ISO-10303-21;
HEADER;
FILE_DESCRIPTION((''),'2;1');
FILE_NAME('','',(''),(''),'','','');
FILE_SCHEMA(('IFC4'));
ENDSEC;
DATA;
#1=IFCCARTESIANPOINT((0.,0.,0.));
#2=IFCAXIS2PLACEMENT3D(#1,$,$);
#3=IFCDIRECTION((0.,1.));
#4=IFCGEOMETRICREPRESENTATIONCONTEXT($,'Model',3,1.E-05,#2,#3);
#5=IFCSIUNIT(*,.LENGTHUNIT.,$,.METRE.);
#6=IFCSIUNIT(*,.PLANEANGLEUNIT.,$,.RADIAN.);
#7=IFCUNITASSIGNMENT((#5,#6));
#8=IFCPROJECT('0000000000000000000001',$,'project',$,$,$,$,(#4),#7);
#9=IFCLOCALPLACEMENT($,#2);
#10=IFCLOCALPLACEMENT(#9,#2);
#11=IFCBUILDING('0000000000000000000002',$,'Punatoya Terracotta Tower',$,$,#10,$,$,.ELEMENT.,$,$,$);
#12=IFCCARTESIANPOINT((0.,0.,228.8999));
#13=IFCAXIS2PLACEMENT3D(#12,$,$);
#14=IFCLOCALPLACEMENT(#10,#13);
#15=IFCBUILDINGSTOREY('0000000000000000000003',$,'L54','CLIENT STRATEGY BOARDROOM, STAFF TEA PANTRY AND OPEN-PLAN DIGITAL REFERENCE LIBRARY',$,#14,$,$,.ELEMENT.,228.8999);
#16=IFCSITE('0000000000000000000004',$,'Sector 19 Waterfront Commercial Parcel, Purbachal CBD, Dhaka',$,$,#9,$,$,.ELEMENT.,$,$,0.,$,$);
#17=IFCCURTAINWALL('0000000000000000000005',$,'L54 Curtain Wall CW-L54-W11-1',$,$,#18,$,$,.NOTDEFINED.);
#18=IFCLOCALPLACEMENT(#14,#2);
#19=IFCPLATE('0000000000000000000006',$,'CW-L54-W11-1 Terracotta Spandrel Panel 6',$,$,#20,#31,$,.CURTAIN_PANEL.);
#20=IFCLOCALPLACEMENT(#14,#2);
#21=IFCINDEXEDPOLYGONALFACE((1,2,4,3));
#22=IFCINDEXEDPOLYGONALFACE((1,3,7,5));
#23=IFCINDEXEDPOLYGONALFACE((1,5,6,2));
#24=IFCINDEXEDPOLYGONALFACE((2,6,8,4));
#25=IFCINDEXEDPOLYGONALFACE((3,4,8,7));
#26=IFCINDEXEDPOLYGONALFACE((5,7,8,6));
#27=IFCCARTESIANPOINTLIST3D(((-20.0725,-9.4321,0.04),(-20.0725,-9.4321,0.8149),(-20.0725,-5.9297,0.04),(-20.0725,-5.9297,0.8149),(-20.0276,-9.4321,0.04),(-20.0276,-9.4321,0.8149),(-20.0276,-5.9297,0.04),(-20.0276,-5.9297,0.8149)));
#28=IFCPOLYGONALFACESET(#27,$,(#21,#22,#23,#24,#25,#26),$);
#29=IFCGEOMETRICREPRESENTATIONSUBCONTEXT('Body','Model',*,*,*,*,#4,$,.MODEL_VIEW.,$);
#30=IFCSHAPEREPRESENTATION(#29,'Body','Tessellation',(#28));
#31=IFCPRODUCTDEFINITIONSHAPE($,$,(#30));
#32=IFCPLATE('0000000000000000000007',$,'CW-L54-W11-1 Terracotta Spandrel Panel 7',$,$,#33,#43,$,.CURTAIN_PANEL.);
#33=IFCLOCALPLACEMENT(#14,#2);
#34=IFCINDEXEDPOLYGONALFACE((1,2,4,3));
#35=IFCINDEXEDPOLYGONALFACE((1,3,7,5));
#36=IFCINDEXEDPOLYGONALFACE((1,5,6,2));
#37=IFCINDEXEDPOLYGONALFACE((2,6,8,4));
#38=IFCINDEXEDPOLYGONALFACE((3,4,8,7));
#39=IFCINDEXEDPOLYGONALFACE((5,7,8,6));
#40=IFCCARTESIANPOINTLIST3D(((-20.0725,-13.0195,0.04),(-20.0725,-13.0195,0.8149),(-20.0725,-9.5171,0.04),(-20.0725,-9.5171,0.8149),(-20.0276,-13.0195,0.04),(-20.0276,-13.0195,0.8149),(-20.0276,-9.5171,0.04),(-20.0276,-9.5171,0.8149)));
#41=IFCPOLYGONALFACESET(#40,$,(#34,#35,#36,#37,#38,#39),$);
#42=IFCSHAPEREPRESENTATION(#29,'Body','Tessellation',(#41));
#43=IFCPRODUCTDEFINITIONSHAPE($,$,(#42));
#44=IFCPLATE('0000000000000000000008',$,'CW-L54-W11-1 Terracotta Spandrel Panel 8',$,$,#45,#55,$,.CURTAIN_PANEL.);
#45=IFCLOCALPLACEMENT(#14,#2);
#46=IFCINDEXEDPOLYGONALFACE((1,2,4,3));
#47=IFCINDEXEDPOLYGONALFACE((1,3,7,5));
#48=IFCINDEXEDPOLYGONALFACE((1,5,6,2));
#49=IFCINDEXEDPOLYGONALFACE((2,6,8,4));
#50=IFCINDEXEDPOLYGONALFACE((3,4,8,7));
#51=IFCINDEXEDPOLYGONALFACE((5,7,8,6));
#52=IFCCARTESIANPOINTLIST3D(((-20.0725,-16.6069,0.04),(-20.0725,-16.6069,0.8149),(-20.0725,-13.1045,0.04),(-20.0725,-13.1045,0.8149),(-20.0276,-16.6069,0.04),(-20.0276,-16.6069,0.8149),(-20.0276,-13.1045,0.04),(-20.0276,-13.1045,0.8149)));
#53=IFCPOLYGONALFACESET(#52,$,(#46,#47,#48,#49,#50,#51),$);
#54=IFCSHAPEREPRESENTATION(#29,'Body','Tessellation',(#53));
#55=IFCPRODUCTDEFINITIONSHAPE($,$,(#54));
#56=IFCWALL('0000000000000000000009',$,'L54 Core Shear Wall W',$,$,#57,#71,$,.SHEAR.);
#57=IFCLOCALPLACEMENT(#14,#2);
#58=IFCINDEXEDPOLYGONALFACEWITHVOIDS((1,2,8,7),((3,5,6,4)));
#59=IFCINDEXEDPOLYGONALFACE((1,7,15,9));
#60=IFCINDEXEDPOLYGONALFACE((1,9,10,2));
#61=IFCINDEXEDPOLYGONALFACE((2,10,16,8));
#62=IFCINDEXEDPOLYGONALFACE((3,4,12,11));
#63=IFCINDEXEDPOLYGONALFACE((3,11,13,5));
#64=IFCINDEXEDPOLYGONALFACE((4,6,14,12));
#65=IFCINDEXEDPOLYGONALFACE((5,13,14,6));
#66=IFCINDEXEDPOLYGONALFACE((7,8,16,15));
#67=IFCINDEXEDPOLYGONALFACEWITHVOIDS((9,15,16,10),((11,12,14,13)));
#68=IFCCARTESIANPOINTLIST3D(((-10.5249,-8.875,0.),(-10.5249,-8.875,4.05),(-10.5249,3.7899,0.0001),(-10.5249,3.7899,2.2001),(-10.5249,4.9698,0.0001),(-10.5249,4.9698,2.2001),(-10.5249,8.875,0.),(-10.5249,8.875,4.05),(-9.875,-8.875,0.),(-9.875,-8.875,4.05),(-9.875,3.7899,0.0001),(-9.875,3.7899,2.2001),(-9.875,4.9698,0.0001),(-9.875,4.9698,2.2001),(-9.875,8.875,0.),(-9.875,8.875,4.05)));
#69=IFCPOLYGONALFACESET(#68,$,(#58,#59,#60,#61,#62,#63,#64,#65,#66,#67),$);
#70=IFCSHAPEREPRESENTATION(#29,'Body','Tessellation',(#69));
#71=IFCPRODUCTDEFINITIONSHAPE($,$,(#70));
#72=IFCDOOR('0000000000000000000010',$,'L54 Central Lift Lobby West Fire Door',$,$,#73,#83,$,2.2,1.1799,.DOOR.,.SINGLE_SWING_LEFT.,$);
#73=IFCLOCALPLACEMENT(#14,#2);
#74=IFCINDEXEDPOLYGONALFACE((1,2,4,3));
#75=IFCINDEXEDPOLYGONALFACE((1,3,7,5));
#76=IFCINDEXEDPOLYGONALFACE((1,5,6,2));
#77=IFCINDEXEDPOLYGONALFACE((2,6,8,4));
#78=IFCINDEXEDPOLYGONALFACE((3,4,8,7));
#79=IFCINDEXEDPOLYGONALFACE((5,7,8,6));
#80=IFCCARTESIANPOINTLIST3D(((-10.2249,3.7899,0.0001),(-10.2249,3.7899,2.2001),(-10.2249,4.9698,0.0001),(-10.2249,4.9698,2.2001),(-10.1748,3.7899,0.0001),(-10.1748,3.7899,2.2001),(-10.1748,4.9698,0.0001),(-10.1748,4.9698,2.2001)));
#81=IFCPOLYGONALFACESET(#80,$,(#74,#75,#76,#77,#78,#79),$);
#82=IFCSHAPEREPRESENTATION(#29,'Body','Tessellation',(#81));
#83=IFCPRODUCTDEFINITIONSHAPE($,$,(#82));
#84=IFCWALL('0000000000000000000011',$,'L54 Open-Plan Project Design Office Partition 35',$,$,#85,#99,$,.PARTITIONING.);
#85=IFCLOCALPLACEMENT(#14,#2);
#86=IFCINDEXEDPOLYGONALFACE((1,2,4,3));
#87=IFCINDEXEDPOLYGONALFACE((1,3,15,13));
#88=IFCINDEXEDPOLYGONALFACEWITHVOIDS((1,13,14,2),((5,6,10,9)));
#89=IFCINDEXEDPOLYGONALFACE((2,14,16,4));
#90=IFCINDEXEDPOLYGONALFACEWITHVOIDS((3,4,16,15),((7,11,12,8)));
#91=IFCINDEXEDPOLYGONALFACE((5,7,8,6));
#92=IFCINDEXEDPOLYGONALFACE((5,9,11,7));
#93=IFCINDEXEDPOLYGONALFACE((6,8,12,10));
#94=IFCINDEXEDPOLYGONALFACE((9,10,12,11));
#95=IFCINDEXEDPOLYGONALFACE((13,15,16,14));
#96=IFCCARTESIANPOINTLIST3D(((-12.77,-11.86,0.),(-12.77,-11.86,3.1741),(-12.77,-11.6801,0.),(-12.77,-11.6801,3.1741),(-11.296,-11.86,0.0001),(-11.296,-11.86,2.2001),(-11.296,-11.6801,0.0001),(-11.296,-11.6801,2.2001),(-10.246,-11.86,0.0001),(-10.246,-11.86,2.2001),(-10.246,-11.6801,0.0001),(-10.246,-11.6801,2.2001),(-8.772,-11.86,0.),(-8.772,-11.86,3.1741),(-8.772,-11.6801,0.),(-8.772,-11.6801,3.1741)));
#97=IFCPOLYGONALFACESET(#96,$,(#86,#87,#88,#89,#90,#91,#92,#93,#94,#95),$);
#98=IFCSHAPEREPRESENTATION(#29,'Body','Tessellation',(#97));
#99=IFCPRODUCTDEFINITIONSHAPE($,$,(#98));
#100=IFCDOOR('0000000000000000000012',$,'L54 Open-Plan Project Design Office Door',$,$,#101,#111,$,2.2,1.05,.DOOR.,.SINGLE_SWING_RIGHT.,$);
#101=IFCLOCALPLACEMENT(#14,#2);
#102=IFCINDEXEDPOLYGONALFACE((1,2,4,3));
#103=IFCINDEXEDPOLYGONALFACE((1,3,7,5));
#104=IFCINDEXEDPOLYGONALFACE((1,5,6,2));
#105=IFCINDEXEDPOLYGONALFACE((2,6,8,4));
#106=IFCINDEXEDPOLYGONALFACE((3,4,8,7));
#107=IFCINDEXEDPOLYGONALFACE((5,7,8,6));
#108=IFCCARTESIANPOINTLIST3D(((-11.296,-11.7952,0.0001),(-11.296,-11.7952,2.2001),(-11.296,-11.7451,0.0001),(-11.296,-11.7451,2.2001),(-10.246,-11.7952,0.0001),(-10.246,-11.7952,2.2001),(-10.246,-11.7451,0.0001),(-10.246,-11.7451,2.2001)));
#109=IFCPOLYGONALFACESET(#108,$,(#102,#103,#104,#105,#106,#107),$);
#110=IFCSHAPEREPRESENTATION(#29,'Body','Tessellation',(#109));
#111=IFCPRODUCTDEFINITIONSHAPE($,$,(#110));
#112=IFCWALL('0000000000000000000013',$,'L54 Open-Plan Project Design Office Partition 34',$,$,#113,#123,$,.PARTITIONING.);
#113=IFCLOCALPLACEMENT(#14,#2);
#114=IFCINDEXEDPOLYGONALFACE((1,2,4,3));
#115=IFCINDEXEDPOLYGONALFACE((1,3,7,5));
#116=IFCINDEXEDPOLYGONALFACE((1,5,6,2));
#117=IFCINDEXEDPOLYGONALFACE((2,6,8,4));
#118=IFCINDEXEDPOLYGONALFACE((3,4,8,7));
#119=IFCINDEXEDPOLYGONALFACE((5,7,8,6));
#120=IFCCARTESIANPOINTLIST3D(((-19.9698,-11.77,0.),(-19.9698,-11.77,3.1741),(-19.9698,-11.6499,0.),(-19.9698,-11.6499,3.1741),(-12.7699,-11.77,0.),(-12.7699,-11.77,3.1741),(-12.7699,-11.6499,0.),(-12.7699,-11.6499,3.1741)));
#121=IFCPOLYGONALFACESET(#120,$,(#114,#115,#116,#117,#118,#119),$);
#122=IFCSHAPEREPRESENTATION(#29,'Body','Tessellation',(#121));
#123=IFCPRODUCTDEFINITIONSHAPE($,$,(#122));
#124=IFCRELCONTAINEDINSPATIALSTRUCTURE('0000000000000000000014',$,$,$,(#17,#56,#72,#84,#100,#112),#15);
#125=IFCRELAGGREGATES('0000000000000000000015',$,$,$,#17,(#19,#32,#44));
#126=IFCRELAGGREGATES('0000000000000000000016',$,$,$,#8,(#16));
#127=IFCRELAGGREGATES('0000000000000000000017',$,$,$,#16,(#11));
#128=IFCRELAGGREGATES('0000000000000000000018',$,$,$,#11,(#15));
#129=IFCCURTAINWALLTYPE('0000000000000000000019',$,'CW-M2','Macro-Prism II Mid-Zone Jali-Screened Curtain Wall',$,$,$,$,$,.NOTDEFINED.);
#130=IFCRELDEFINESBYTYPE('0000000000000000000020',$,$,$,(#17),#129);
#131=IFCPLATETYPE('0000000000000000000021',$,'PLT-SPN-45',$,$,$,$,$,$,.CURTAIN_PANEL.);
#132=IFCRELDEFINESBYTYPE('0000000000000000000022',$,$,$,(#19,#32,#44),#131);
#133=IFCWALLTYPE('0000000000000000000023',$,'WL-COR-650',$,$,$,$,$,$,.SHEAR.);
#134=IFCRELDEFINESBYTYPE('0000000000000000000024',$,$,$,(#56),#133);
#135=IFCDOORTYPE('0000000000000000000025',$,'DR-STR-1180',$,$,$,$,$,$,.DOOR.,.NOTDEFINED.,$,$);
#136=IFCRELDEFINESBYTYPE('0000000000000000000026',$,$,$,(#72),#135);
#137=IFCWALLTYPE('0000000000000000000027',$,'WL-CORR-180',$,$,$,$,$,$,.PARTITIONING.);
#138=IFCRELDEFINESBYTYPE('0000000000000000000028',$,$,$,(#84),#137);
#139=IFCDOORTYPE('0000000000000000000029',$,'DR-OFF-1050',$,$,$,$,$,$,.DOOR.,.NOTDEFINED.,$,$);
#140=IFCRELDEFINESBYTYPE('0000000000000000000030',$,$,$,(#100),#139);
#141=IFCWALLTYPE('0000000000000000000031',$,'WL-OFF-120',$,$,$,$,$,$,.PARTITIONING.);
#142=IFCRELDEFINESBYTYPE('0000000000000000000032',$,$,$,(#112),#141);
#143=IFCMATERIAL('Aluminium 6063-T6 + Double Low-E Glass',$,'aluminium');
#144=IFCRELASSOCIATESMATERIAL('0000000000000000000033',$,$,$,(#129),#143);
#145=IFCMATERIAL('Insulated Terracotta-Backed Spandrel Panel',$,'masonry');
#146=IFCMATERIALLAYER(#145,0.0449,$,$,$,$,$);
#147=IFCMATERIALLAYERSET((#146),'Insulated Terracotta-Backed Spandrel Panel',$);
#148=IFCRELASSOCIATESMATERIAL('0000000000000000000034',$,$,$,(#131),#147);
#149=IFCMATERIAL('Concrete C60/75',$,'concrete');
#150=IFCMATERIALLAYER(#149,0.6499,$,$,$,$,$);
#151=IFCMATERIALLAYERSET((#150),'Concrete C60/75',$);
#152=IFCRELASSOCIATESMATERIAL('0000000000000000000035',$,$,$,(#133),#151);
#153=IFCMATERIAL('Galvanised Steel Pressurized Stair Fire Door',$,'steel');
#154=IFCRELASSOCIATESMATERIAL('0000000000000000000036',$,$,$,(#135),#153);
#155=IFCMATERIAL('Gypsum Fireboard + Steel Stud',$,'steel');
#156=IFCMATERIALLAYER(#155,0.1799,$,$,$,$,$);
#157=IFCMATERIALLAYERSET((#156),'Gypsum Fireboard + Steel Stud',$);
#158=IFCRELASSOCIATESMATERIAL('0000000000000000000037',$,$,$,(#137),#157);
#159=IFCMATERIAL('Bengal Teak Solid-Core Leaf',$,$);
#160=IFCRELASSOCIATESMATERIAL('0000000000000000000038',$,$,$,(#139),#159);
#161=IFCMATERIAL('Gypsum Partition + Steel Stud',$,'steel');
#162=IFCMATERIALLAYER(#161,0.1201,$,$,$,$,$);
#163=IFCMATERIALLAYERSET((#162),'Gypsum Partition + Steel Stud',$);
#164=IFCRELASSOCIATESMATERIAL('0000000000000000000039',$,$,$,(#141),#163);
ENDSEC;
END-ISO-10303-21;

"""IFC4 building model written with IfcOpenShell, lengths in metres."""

from ifc_helpers import new_model, si_unit, direction, frame, frame_2d, origin, origin_2d, place, context, subcontext, project, spatial, rectangle, extrude, material, layer, layer_set, type_object, element, fill, aggregate, save


model = new_model("IFC4")

# Units and contexts
model_context = context("Model", 3, precision=1e-05, world=origin(), true_north=direction((0.0, 1.0)))
body_context = subcontext(model_context, "Body", "Model", "MODEL_VIEW")
ifc_project = project(units=[si_unit("LENGTHUNIT", "METRE"), si_unit("PLANEANGLEUNIT", "RADIAN")], contexts=[model_context])

# Site, building, storey
site_placement = place(None, origin())
site = spatial("IfcSite", under=ifc_project, at=site_placement, Name="Sector 19 Waterfront Commercial Parcel, Purbachal CBD, Dhaka", CompositionType="ELEMENT", RefElevation=0.0)
building_placement = place(site_placement, origin())
building = spatial("IfcBuilding", under=site, at=building_placement, Name="Punatoya Terracotta Tower", CompositionType="ELEMENT")
storey_placement = place(building_placement, frame((0.0, 0.0, 228.8999)))
storey = spatial("IfcBuildingStorey", under=building, at=storey_placement, Name="L54", Description="CLIENT STRATEGY BOARDROOM, STAFF TEA PANTRY AND OPEN-PLAN DIGITAL REFERENCE LIBRARY", CompositionType="ELEMENT", Elevation=228.8999)

# Curtain wall, plates
ifc_material_1 = material(Name="Aluminium 6063-T6 + Double Low-E Glass", Category="aluminium")
curtain_wall_type = type_object("IfcCurtainWallType", Name="CW-M2", Description="Macro-Prism II Mid-Zone Jali-Screened Curtain Wall", PredefinedType="NOTDEFINED", material=ifc_material_1)
curtain_wall_placement = place(storey_placement, origin())
curtain_wall = element("IfcCurtainWall", 1, at=curtain_wall_placement, inside=storey, type_object=curtain_wall_type, Name="L54 Curtain Wall CW-L54-W11-1", PredefinedType="NOTDEFINED")
ifc_material_2 = material(Name="Insulated Terracotta-Backed Spandrel Panel", Category="masonry")
ifc_layer_1 = layer(ifc_material_2, 0.0449)
ifc_layer_set_1 = layer_set([ifc_layer_1], Name="Insulated Terracotta-Backed Spandrel Panel")
plate_type_1 = type_object("IfcPlateType", Name="PLT-SPN-45", PredefinedType="CURTAIN_PANEL", material=ifc_layer_set_1)
plate_1_placement = place(storey_placement, frame((-20.05, -7.6809, 0.04), z_axis=(0.0, 0.0, 1.0), x_axis=(0.0, -1.0, 0.0)))
plate_1 = element("IfcPlate", 2, at=plate_1_placement, type_object=plate_type_1, Name="CW-L54-W11-1 Terracotta Spandrel Panel 6", PredefinedType="CURTAIN_PANEL", context=body_context, shape_type="SweptSolid", body=[
    extrude(rectangle(XDim=3.5024, YDim=0.0449, at=origin_2d()), origin(), (0.0, 0.0, 1.0), 0.7749),
])
plate_2_placement = place(storey_placement, frame((-20.05, -11.2683, 0.04), z_axis=(0.0, 0.0, 1.0), x_axis=(0.0, -1.0, 0.0)))
plate_2 = element("IfcPlate", 3, at=plate_2_placement, type_object=plate_type_1, Name="CW-L54-W11-1 Terracotta Spandrel Panel 7", PredefinedType="CURTAIN_PANEL", context=body_context, shape_type="SweptSolid", body=[
    extrude(rectangle(XDim=3.5024, YDim=0.0449, at=origin_2d()), origin(), (0.0, 0.0, 1.0), 0.7749),
])
plate_3_placement = place(storey_placement, frame((-20.05, -14.8557, 0.04), z_axis=(0.0, 0.0, 1.0), x_axis=(0.0, -1.0, 0.0)))
plate_3 = element("IfcPlate", 4, at=plate_3_placement, type_object=plate_type_1, Name="CW-L54-W11-1 Terracotta Spandrel Panel 8", PredefinedType="CURTAIN_PANEL", context=body_context, shape_type="SweptSolid", body=[
    extrude(rectangle(XDim=3.5024, YDim=0.0449, at=origin_2d()), origin(), (0.0, 0.0, 1.0), 0.7749),
])
aggregate(curtain_wall, [plate_1, plate_2, plate_3])

# Walls, openings, doors
ifc_material_3 = material(Name="Concrete C60/75", Category="concrete")
ifc_layer_2 = layer(ifc_material_3, 0.6499)
ifc_layer_set_2 = layer_set([ifc_layer_2], Name="Concrete C60/75")
wall_type_1 = type_object("IfcWallType", Name="WL-COR-650", PredefinedType="SHEAR", material=ifc_layer_set_2)
wall_1_placement = place(storey_placement, frame((-10.2, -8.875, 0.0), z_axis=(0.0, 0.0, 1.0), x_axis=(0.0, 1.0, 0.0)))
wall_1 = element("IfcWall", 5, at=wall_1_placement, inside=storey, type_object=wall_type_1, Name="L54 Core Shear Wall W", PredefinedType="SHEAR", context=body_context, shape_type="SweptSolid", body=[
    extrude(rectangle(XDim=17.75, YDim=0.6499, at=frame_2d((8.875, 0.0))), origin(), (0.0, 0.0, 1.0), 4.05),
])
opening_1_placement = place(wall_1_placement, frame((12.665, 0.0, 0.0)))
opening_1 = element("IfcOpeningElement", 6, at=opening_1_placement, cuts=wall_1, PredefinedType="OPENING", context=body_context, shape_type="SweptSolid", body=[
    extrude(rectangle(XDim=1.1799, YDim=2.2, at=frame_2d((0.5898, 1.1001))), frame((0.0, 0.335, 0.0), z_axis=(0.0, -1.0, 0.0), x_axis=(1.0, 0.0, 0.0)), (0.0, 0.0, 1.0), 0.6699),
])
ifc_material_4 = material(Name="Galvanised Steel Pressurized Stair Fire Door", Category="steel")
door_type_1 = type_object("IfcDoorType", Name="DR-STR-1180", OperationType="NOTDEFINED", PredefinedType="DOOR", material=ifc_material_4)
door_1_placement = place(opening_1_placement, origin())
door_1 = element("IfcDoor", 7, at=door_1_placement, inside=storey, type_object=door_type_1, Name="L54 Central Lift Lobby West Fire Door", OperationType="SINGLE_SWING_LEFT", OverallHeight=2.2, OverallWidth=1.1799, PredefinedType="DOOR", context=body_context, shape_type="SweptSolid", body=[
    extrude(rectangle(XDim=1.1799, YDim=2.2, at=frame_2d((0.5898, 1.1001))), frame((0.0, 0.0249, 0.0), z_axis=(0.0, -1.0, 0.0), x_axis=(1.0, 0.0, 0.0)), (0.0, 0.0, 1.0), 0.05),
])
fill(opening_1, door_1)
ifc_material_5 = material(Name="Gypsum Fireboard + Steel Stud", Category="steel")
ifc_layer_3 = layer(ifc_material_5, 0.1799)
ifc_layer_set_3 = layer_set([ifc_layer_3], Name="Gypsum Fireboard + Steel Stud")
wall_type_2 = type_object("IfcWallType", Name="WL-CORR-180", PredefinedType="PARTITIONING", material=ifc_layer_set_3)
wall_2_placement = place(storey_placement, frame((-12.77, -11.77, 0.0), z_axis=(0.0, 0.0, 1.0), x_axis=(1.0, 0.0, 0.0)))
wall_2 = element("IfcWall", 8, at=wall_2_placement, inside=storey, type_object=wall_type_2, Name="L54 Open-Plan Project Design Office Partition 35", PredefinedType="PARTITIONING", context=body_context, shape_type="SweptSolid", body=[
    extrude(rectangle(XDim=3.998, YDim=0.1799, at=frame_2d((1.999, 0.0))), origin(), (0.0, 0.0, 1.0), 3.1741),
])
opening_2_placement = place(wall_2_placement, frame((1.4741, 0.0, 0.0)))
opening_2 = element("IfcOpeningElement", 9, at=opening_2_placement, cuts=wall_2, PredefinedType="OPENING", context=body_context, shape_type="SweptSolid", body=[
    extrude(rectangle(XDim=1.05, YDim=2.2, at=frame_2d((0.5249, 1.1001))), frame((0.0, 0.0999, 0.0), z_axis=(0.0, -1.0, 0.0), x_axis=(1.0, 0.0, 0.0)), (0.0, 0.0, 1.0), 0.2),
])
ifc_material_6 = material(Name="Bengal Teak Solid-Core Leaf")
door_type_2 = type_object("IfcDoorType", Name="DR-OFF-1050", OperationType="NOTDEFINED", PredefinedType="DOOR", material=ifc_material_6)
door_2_placement = place(opening_2_placement, origin())
door_2 = element("IfcDoor", 10, at=door_2_placement, inside=storey, type_object=door_type_2, Name="L54 Open-Plan Project Design Office Door", OperationType="SINGLE_SWING_RIGHT", OverallHeight=2.2, OverallWidth=1.05, PredefinedType="DOOR", context=body_context, shape_type="SweptSolid", body=[
    extrude(rectangle(XDim=1.05, YDim=2.2, at=frame_2d((0.5249, 1.1001))), frame((0.0, 0.0249, 0.0), z_axis=(0.0, -1.0, 0.0), x_axis=(1.0, 0.0, 0.0)), (0.0, 0.0, 1.0), 0.05),
])
fill(opening_2, door_2)

# Wall
ifc_material_7 = material(Name="Gypsum Partition + Steel Stud", Category="steel")
ifc_layer_4 = layer(ifc_material_7, 0.1201)
ifc_layer_set_4 = layer_set([ifc_layer_4], Name="Gypsum Partition + Steel Stud")
wall_type_3 = type_object("IfcWallType", Name="WL-OFF-120", PredefinedType="PARTITIONING", material=ifc_layer_set_4)
wall_3_placement = place(storey_placement, frame((-19.97, -11.71, 0.0), z_axis=(0.0, 0.0, 1.0), x_axis=(1.0, 0.0, 0.0)))
element("IfcWall", 11, at=wall_3_placement, inside=storey, type_object=wall_type_3, Name="L54 Open-Plan Project Design Office Partition 34", PredefinedType="PARTITIONING", context=body_context, shape_type="SweptSolid", body=[
    extrude(rectangle(XDim=7.2, YDim=0.1201, at=frame_2d((3.6001, 0.0))), origin(), (0.0, 0.0, 1.0), 3.1741),
])

save(model, "model.ifc")
